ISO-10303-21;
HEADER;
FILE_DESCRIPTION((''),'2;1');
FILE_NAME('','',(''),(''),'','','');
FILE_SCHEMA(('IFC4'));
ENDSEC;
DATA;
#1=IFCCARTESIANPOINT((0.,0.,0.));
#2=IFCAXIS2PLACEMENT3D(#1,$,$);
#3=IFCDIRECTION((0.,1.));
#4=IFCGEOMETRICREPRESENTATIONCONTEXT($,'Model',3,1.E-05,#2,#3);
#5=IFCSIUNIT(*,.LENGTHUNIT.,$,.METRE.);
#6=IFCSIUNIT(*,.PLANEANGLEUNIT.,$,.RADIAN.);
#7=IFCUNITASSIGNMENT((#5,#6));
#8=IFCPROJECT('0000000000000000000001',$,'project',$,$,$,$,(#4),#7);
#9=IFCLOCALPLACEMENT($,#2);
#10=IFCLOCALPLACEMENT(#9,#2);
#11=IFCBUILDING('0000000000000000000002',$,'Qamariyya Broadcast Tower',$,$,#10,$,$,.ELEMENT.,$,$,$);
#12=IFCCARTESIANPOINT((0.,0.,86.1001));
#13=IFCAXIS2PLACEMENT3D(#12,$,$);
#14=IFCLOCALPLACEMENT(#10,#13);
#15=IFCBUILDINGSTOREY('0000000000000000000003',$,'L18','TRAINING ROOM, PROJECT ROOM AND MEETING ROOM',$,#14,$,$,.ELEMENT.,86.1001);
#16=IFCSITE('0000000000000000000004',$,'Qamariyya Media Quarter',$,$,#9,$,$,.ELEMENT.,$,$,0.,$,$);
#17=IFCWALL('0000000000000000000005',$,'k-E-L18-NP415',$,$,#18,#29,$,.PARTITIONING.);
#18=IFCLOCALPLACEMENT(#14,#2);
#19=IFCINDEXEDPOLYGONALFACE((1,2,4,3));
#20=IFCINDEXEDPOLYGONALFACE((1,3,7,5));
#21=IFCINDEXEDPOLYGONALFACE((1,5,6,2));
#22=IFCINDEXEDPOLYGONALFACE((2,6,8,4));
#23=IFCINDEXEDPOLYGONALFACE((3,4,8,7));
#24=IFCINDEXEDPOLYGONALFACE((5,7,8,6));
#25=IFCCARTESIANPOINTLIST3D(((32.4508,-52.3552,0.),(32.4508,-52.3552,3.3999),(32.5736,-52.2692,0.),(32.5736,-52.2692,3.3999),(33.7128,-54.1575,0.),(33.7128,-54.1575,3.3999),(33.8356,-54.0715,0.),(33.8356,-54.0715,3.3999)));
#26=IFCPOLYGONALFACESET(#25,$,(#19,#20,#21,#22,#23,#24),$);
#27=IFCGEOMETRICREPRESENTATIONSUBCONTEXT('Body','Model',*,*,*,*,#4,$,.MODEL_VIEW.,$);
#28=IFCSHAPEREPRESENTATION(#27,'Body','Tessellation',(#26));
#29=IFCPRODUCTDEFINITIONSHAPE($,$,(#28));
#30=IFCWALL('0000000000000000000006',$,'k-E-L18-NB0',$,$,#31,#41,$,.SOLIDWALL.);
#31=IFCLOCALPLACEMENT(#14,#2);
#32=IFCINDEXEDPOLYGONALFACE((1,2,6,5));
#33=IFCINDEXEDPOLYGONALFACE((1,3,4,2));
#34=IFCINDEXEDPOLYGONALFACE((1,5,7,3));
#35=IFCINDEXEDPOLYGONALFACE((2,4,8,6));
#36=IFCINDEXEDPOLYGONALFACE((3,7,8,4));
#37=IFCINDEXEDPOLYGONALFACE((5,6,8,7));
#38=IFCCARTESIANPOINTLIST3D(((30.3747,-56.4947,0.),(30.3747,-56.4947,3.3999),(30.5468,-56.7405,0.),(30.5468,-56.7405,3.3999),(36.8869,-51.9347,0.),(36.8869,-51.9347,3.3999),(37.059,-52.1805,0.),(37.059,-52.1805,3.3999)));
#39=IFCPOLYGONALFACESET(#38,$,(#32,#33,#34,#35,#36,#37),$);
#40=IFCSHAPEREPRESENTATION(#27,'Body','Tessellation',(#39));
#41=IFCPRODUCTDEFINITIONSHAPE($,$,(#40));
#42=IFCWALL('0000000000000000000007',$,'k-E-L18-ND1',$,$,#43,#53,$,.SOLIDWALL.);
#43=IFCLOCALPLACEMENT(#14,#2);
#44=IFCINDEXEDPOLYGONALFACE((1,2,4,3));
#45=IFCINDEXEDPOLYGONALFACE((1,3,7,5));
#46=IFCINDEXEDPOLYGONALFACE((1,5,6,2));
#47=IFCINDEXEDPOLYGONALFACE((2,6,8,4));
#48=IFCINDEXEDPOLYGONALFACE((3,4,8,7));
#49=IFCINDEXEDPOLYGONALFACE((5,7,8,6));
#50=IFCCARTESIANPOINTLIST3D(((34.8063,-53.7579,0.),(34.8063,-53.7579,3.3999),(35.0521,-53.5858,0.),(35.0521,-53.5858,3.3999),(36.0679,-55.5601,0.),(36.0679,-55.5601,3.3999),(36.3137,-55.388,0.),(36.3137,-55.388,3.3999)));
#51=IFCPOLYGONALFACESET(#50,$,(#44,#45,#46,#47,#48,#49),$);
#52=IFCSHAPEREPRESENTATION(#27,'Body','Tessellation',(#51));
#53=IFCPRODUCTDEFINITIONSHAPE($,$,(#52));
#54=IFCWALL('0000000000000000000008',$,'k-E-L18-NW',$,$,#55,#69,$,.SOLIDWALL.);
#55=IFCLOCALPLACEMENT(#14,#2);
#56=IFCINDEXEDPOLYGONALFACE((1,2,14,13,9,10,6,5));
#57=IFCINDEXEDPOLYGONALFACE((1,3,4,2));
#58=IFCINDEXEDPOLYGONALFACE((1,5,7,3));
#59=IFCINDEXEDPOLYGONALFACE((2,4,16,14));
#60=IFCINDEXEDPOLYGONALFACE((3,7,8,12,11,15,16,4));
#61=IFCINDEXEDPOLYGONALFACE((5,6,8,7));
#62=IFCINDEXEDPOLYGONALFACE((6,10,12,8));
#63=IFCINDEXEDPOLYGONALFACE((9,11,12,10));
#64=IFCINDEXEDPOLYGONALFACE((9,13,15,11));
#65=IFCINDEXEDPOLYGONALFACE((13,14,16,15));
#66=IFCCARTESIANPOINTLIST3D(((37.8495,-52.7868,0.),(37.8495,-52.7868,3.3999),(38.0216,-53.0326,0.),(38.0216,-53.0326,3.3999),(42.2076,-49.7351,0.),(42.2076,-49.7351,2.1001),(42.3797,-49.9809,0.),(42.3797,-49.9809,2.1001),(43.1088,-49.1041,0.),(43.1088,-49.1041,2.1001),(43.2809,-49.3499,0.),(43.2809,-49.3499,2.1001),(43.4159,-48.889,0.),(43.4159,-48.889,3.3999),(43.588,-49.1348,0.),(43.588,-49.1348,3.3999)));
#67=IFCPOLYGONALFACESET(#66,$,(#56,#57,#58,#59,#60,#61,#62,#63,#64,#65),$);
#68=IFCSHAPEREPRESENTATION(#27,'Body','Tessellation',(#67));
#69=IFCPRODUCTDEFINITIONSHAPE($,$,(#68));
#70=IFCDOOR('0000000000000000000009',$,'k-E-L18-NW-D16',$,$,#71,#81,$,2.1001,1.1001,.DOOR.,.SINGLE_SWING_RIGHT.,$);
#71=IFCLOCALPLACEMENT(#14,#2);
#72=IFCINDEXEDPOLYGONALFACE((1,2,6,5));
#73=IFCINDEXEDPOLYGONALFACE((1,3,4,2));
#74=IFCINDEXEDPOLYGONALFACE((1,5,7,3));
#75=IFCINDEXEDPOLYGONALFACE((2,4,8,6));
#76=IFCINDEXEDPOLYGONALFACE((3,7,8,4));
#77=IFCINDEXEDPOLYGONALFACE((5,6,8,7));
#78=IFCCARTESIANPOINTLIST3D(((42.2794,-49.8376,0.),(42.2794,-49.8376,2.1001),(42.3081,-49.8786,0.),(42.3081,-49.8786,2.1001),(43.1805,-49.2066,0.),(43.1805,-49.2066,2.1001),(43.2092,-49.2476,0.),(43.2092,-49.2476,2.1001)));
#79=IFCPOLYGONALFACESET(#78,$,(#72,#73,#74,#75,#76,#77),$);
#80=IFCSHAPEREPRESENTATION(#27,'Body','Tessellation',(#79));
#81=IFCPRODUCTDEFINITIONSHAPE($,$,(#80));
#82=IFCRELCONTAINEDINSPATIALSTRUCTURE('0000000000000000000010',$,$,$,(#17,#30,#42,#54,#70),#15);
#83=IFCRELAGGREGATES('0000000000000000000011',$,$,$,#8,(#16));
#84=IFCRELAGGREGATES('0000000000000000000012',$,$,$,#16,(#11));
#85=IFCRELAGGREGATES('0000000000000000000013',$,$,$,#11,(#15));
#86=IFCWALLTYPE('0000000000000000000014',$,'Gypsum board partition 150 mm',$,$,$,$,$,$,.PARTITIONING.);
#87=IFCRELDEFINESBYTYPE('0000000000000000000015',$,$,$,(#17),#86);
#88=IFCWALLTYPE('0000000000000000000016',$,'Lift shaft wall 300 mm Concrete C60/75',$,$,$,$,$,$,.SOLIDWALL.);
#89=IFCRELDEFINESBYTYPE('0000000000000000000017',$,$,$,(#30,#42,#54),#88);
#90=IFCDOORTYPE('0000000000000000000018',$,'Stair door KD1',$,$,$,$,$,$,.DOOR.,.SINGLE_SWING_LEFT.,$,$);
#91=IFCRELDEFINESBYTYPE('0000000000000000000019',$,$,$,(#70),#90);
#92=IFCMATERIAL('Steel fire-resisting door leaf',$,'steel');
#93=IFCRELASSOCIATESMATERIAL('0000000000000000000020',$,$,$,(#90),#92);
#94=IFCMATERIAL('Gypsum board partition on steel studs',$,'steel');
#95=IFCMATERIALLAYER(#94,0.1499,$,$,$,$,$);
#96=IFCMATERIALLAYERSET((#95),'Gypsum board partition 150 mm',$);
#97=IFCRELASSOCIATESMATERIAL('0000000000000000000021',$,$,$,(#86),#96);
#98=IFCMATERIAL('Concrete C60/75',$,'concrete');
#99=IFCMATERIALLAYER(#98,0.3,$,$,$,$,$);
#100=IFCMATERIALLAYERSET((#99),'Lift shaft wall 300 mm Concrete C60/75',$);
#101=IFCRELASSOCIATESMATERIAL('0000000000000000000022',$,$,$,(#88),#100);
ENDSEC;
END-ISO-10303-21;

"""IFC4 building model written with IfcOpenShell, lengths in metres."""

from ifc_helpers import new_model, si_unit, direction, frame, frame_2d, origin, place, context, subcontext, project, spatial, rectangle, extrude, material, layer, layer_set, type_object, element, fill, save


model = new_model("IFC4")

# Units and contexts
model_context = context("Model", 3, precision=1e-05, world=origin(), true_north=direction((0.0, 1.0)))
body_context = subcontext(model_context, "Body", "Model", "MODEL_VIEW")
ifc_project = project(units=[si_unit("LENGTHUNIT", "METRE"), si_unit("PLANEANGLEUNIT", "RADIAN")], contexts=[model_context])

# Site, building, storey
site_placement = place(None, origin())
site = spatial("IfcSite", under=ifc_project, at=site_placement, Name="Qamariyya Media Quarter", CompositionType="ELEMENT", RefElevation=0.0)
building_placement = place(site_placement, origin())
building = spatial("IfcBuilding", under=site, at=building_placement, Name="Qamariyya Broadcast Tower", CompositionType="ELEMENT")
storey_placement = place(building_placement, frame((0.0, 0.0, 86.1001)))
storey = spatial("IfcBuildingStorey", under=building, at=storey_placement, Name="L18", Description="TRAINING ROOM, PROJECT ROOM AND MEETING ROOM", CompositionType="ELEMENT", Elevation=86.1001)

# Shared definitions
ifc_material_1 = material(Name="Steel fire-resisting door leaf", Category="steel")
door_type_1 = type_object("IfcDoorType", Name="Stair door KD1", OperationType="SINGLE_SWING_LEFT", PredefinedType="DOOR", material=ifc_material_1)

# Walls
ifc_material_2 = material(Name="Gypsum board partition on steel studs", Category="steel")
ifc_layer_1 = layer(ifc_material_2, 0.1499)
ifc_layer_set_1 = layer_set([ifc_layer_1], Name="Gypsum board partition 150 mm")
wall_type_1 = type_object("IfcWallType", Name="Gypsum board partition 150 mm", PredefinedType="PARTITIONING", material=ifc_layer_set_1)
wall_1_placement = place(storey_placement, frame((33.7742, -54.1145, 0.0), z_axis=(0.0, 0.0, 1.0), x_axis=(-0.573581, 0.819149, 0.0)))
element("IfcWall", 1, at=wall_1_placement, inside=storey, type_object=wall_type_1, Name="k-E-L18-NP415", PredefinedType="PARTITIONING", context=body_context, shape_type="SweptSolid", body=[
    extrude(rectangle(XDim=2.2002, YDim=0.1499, at=frame_2d((1.1001, 0.0))), origin(), (0.0, 0.0, 1.0), 3.3999),
])
ifc_material_3 = material(Name="Concrete C60/75", Category="concrete")
ifc_layer_2 = layer(ifc_material_3, 0.3)
ifc_layer_set_2 = layer_set([ifc_layer_2], Name="Lift shaft wall 300 mm Concrete C60/75")
wall_type_2 = type_object("IfcWallType", Name="Lift shaft wall 300 mm Concrete C60/75", PredefinedType="SOLIDWALL", material=ifc_layer_set_2)
wall_2_placement = place(storey_placement, frame((30.4607, -56.6177, 0.0), z_axis=(0.0, 0.0, 1.0), x_axis=(0.819142, 0.57359, 0.0)))
element("IfcWall", 2, at=wall_2_placement, inside=storey, type_object=wall_type_2, Name="k-E-L18-NB0", PredefinedType="SOLIDWALL", context=body_context, shape_type="SweptSolid", body=[
    extrude(rectangle(XDim=7.95, YDim=0.3, at=frame_2d((3.9751, 0.0))), origin(), (0.0, 0.0, 1.0), 3.3999),
])
wall_3_placement = place(storey_placement, frame((36.1909, -55.4741, 0.0), z_axis=(0.0, 0.0, 1.0), x_axis=(-0.573507, 0.819201, 0.0)))
element("IfcWall", 3, at=wall_3_placement, inside=storey, type_object=wall_type_2, Name="k-E-L18-ND1", PredefinedType="SOLIDWALL", context=body_context, shape_type="SweptSolid", body=[
    extrude(rectangle(XDim=2.2, YDim=0.3, at=frame_2d((1.1001, 0.0))), origin(), (0.0, 0.0, 1.0), 3.3999),
])

# Wall, opening, door
wall_4_placement = place(storey_placement, frame((37.9355, -52.9097, 0.0), z_axis=(0.0, 0.0, 1.0), x_axis=(0.819148, 0.573583, 0.0)))
wall_4 = element("IfcWall", 4, at=wall_4_placement, inside=storey, type_object=wall_type_2, Name="k-E-L18-NW", PredefinedType="SOLIDWALL", context=body_context, shape_type="SweptSolid", body=[
    extrude(rectangle(XDim=6.7954, YDim=0.3, at=frame_2d((3.3977, 0.0))), origin(), (0.0, 0.0, 1.0), 3.3999),
])
opening_1_placement = place(wall_4_placement, frame((5.3203, 0.0, 0.0)))
opening_1 = element("IfcOpeningElement", 5, at=opening_1_placement, cuts=wall_4, PredefinedType="OPENING", context=body_context, shape_type="SweptSolid", body=[
    extrude(rectangle(XDim=1.1001, YDim=2.1001, at=frame_2d((0.55, 1.05))), frame((0.0, 0.1599, 0.0), z_axis=(0.0, -1.0, 0.0), x_axis=(1.0, 0.0, 0.0)), (0.0, 0.0, 1.0), 0.3201),
])
door_1_placement = place(opening_1_placement, origin())
door_1 = element("IfcDoor", 6, at=door_1_placement, inside=storey, type_object=door_type_1, Name="k-E-L18-NW-D16", OperationType="SINGLE_SWING_RIGHT", OverallHeight=2.1001, OverallWidth=1.1001, PredefinedType="DOOR", context=body_context, shape_type="SweptSolid", body=[
    extrude(rectangle(XDim=1.1001, YDim=2.1001, at=frame_2d((0.55, 1.05))), frame((0.0, 0.0249, 0.0), z_axis=(0.0, -1.0, 0.0), x_axis=(1.0, 0.0, 0.0)), (0.0, 0.0, 1.0), 0.05),
])
fill(opening_1, door_1)

save(model, "model.ifc")
